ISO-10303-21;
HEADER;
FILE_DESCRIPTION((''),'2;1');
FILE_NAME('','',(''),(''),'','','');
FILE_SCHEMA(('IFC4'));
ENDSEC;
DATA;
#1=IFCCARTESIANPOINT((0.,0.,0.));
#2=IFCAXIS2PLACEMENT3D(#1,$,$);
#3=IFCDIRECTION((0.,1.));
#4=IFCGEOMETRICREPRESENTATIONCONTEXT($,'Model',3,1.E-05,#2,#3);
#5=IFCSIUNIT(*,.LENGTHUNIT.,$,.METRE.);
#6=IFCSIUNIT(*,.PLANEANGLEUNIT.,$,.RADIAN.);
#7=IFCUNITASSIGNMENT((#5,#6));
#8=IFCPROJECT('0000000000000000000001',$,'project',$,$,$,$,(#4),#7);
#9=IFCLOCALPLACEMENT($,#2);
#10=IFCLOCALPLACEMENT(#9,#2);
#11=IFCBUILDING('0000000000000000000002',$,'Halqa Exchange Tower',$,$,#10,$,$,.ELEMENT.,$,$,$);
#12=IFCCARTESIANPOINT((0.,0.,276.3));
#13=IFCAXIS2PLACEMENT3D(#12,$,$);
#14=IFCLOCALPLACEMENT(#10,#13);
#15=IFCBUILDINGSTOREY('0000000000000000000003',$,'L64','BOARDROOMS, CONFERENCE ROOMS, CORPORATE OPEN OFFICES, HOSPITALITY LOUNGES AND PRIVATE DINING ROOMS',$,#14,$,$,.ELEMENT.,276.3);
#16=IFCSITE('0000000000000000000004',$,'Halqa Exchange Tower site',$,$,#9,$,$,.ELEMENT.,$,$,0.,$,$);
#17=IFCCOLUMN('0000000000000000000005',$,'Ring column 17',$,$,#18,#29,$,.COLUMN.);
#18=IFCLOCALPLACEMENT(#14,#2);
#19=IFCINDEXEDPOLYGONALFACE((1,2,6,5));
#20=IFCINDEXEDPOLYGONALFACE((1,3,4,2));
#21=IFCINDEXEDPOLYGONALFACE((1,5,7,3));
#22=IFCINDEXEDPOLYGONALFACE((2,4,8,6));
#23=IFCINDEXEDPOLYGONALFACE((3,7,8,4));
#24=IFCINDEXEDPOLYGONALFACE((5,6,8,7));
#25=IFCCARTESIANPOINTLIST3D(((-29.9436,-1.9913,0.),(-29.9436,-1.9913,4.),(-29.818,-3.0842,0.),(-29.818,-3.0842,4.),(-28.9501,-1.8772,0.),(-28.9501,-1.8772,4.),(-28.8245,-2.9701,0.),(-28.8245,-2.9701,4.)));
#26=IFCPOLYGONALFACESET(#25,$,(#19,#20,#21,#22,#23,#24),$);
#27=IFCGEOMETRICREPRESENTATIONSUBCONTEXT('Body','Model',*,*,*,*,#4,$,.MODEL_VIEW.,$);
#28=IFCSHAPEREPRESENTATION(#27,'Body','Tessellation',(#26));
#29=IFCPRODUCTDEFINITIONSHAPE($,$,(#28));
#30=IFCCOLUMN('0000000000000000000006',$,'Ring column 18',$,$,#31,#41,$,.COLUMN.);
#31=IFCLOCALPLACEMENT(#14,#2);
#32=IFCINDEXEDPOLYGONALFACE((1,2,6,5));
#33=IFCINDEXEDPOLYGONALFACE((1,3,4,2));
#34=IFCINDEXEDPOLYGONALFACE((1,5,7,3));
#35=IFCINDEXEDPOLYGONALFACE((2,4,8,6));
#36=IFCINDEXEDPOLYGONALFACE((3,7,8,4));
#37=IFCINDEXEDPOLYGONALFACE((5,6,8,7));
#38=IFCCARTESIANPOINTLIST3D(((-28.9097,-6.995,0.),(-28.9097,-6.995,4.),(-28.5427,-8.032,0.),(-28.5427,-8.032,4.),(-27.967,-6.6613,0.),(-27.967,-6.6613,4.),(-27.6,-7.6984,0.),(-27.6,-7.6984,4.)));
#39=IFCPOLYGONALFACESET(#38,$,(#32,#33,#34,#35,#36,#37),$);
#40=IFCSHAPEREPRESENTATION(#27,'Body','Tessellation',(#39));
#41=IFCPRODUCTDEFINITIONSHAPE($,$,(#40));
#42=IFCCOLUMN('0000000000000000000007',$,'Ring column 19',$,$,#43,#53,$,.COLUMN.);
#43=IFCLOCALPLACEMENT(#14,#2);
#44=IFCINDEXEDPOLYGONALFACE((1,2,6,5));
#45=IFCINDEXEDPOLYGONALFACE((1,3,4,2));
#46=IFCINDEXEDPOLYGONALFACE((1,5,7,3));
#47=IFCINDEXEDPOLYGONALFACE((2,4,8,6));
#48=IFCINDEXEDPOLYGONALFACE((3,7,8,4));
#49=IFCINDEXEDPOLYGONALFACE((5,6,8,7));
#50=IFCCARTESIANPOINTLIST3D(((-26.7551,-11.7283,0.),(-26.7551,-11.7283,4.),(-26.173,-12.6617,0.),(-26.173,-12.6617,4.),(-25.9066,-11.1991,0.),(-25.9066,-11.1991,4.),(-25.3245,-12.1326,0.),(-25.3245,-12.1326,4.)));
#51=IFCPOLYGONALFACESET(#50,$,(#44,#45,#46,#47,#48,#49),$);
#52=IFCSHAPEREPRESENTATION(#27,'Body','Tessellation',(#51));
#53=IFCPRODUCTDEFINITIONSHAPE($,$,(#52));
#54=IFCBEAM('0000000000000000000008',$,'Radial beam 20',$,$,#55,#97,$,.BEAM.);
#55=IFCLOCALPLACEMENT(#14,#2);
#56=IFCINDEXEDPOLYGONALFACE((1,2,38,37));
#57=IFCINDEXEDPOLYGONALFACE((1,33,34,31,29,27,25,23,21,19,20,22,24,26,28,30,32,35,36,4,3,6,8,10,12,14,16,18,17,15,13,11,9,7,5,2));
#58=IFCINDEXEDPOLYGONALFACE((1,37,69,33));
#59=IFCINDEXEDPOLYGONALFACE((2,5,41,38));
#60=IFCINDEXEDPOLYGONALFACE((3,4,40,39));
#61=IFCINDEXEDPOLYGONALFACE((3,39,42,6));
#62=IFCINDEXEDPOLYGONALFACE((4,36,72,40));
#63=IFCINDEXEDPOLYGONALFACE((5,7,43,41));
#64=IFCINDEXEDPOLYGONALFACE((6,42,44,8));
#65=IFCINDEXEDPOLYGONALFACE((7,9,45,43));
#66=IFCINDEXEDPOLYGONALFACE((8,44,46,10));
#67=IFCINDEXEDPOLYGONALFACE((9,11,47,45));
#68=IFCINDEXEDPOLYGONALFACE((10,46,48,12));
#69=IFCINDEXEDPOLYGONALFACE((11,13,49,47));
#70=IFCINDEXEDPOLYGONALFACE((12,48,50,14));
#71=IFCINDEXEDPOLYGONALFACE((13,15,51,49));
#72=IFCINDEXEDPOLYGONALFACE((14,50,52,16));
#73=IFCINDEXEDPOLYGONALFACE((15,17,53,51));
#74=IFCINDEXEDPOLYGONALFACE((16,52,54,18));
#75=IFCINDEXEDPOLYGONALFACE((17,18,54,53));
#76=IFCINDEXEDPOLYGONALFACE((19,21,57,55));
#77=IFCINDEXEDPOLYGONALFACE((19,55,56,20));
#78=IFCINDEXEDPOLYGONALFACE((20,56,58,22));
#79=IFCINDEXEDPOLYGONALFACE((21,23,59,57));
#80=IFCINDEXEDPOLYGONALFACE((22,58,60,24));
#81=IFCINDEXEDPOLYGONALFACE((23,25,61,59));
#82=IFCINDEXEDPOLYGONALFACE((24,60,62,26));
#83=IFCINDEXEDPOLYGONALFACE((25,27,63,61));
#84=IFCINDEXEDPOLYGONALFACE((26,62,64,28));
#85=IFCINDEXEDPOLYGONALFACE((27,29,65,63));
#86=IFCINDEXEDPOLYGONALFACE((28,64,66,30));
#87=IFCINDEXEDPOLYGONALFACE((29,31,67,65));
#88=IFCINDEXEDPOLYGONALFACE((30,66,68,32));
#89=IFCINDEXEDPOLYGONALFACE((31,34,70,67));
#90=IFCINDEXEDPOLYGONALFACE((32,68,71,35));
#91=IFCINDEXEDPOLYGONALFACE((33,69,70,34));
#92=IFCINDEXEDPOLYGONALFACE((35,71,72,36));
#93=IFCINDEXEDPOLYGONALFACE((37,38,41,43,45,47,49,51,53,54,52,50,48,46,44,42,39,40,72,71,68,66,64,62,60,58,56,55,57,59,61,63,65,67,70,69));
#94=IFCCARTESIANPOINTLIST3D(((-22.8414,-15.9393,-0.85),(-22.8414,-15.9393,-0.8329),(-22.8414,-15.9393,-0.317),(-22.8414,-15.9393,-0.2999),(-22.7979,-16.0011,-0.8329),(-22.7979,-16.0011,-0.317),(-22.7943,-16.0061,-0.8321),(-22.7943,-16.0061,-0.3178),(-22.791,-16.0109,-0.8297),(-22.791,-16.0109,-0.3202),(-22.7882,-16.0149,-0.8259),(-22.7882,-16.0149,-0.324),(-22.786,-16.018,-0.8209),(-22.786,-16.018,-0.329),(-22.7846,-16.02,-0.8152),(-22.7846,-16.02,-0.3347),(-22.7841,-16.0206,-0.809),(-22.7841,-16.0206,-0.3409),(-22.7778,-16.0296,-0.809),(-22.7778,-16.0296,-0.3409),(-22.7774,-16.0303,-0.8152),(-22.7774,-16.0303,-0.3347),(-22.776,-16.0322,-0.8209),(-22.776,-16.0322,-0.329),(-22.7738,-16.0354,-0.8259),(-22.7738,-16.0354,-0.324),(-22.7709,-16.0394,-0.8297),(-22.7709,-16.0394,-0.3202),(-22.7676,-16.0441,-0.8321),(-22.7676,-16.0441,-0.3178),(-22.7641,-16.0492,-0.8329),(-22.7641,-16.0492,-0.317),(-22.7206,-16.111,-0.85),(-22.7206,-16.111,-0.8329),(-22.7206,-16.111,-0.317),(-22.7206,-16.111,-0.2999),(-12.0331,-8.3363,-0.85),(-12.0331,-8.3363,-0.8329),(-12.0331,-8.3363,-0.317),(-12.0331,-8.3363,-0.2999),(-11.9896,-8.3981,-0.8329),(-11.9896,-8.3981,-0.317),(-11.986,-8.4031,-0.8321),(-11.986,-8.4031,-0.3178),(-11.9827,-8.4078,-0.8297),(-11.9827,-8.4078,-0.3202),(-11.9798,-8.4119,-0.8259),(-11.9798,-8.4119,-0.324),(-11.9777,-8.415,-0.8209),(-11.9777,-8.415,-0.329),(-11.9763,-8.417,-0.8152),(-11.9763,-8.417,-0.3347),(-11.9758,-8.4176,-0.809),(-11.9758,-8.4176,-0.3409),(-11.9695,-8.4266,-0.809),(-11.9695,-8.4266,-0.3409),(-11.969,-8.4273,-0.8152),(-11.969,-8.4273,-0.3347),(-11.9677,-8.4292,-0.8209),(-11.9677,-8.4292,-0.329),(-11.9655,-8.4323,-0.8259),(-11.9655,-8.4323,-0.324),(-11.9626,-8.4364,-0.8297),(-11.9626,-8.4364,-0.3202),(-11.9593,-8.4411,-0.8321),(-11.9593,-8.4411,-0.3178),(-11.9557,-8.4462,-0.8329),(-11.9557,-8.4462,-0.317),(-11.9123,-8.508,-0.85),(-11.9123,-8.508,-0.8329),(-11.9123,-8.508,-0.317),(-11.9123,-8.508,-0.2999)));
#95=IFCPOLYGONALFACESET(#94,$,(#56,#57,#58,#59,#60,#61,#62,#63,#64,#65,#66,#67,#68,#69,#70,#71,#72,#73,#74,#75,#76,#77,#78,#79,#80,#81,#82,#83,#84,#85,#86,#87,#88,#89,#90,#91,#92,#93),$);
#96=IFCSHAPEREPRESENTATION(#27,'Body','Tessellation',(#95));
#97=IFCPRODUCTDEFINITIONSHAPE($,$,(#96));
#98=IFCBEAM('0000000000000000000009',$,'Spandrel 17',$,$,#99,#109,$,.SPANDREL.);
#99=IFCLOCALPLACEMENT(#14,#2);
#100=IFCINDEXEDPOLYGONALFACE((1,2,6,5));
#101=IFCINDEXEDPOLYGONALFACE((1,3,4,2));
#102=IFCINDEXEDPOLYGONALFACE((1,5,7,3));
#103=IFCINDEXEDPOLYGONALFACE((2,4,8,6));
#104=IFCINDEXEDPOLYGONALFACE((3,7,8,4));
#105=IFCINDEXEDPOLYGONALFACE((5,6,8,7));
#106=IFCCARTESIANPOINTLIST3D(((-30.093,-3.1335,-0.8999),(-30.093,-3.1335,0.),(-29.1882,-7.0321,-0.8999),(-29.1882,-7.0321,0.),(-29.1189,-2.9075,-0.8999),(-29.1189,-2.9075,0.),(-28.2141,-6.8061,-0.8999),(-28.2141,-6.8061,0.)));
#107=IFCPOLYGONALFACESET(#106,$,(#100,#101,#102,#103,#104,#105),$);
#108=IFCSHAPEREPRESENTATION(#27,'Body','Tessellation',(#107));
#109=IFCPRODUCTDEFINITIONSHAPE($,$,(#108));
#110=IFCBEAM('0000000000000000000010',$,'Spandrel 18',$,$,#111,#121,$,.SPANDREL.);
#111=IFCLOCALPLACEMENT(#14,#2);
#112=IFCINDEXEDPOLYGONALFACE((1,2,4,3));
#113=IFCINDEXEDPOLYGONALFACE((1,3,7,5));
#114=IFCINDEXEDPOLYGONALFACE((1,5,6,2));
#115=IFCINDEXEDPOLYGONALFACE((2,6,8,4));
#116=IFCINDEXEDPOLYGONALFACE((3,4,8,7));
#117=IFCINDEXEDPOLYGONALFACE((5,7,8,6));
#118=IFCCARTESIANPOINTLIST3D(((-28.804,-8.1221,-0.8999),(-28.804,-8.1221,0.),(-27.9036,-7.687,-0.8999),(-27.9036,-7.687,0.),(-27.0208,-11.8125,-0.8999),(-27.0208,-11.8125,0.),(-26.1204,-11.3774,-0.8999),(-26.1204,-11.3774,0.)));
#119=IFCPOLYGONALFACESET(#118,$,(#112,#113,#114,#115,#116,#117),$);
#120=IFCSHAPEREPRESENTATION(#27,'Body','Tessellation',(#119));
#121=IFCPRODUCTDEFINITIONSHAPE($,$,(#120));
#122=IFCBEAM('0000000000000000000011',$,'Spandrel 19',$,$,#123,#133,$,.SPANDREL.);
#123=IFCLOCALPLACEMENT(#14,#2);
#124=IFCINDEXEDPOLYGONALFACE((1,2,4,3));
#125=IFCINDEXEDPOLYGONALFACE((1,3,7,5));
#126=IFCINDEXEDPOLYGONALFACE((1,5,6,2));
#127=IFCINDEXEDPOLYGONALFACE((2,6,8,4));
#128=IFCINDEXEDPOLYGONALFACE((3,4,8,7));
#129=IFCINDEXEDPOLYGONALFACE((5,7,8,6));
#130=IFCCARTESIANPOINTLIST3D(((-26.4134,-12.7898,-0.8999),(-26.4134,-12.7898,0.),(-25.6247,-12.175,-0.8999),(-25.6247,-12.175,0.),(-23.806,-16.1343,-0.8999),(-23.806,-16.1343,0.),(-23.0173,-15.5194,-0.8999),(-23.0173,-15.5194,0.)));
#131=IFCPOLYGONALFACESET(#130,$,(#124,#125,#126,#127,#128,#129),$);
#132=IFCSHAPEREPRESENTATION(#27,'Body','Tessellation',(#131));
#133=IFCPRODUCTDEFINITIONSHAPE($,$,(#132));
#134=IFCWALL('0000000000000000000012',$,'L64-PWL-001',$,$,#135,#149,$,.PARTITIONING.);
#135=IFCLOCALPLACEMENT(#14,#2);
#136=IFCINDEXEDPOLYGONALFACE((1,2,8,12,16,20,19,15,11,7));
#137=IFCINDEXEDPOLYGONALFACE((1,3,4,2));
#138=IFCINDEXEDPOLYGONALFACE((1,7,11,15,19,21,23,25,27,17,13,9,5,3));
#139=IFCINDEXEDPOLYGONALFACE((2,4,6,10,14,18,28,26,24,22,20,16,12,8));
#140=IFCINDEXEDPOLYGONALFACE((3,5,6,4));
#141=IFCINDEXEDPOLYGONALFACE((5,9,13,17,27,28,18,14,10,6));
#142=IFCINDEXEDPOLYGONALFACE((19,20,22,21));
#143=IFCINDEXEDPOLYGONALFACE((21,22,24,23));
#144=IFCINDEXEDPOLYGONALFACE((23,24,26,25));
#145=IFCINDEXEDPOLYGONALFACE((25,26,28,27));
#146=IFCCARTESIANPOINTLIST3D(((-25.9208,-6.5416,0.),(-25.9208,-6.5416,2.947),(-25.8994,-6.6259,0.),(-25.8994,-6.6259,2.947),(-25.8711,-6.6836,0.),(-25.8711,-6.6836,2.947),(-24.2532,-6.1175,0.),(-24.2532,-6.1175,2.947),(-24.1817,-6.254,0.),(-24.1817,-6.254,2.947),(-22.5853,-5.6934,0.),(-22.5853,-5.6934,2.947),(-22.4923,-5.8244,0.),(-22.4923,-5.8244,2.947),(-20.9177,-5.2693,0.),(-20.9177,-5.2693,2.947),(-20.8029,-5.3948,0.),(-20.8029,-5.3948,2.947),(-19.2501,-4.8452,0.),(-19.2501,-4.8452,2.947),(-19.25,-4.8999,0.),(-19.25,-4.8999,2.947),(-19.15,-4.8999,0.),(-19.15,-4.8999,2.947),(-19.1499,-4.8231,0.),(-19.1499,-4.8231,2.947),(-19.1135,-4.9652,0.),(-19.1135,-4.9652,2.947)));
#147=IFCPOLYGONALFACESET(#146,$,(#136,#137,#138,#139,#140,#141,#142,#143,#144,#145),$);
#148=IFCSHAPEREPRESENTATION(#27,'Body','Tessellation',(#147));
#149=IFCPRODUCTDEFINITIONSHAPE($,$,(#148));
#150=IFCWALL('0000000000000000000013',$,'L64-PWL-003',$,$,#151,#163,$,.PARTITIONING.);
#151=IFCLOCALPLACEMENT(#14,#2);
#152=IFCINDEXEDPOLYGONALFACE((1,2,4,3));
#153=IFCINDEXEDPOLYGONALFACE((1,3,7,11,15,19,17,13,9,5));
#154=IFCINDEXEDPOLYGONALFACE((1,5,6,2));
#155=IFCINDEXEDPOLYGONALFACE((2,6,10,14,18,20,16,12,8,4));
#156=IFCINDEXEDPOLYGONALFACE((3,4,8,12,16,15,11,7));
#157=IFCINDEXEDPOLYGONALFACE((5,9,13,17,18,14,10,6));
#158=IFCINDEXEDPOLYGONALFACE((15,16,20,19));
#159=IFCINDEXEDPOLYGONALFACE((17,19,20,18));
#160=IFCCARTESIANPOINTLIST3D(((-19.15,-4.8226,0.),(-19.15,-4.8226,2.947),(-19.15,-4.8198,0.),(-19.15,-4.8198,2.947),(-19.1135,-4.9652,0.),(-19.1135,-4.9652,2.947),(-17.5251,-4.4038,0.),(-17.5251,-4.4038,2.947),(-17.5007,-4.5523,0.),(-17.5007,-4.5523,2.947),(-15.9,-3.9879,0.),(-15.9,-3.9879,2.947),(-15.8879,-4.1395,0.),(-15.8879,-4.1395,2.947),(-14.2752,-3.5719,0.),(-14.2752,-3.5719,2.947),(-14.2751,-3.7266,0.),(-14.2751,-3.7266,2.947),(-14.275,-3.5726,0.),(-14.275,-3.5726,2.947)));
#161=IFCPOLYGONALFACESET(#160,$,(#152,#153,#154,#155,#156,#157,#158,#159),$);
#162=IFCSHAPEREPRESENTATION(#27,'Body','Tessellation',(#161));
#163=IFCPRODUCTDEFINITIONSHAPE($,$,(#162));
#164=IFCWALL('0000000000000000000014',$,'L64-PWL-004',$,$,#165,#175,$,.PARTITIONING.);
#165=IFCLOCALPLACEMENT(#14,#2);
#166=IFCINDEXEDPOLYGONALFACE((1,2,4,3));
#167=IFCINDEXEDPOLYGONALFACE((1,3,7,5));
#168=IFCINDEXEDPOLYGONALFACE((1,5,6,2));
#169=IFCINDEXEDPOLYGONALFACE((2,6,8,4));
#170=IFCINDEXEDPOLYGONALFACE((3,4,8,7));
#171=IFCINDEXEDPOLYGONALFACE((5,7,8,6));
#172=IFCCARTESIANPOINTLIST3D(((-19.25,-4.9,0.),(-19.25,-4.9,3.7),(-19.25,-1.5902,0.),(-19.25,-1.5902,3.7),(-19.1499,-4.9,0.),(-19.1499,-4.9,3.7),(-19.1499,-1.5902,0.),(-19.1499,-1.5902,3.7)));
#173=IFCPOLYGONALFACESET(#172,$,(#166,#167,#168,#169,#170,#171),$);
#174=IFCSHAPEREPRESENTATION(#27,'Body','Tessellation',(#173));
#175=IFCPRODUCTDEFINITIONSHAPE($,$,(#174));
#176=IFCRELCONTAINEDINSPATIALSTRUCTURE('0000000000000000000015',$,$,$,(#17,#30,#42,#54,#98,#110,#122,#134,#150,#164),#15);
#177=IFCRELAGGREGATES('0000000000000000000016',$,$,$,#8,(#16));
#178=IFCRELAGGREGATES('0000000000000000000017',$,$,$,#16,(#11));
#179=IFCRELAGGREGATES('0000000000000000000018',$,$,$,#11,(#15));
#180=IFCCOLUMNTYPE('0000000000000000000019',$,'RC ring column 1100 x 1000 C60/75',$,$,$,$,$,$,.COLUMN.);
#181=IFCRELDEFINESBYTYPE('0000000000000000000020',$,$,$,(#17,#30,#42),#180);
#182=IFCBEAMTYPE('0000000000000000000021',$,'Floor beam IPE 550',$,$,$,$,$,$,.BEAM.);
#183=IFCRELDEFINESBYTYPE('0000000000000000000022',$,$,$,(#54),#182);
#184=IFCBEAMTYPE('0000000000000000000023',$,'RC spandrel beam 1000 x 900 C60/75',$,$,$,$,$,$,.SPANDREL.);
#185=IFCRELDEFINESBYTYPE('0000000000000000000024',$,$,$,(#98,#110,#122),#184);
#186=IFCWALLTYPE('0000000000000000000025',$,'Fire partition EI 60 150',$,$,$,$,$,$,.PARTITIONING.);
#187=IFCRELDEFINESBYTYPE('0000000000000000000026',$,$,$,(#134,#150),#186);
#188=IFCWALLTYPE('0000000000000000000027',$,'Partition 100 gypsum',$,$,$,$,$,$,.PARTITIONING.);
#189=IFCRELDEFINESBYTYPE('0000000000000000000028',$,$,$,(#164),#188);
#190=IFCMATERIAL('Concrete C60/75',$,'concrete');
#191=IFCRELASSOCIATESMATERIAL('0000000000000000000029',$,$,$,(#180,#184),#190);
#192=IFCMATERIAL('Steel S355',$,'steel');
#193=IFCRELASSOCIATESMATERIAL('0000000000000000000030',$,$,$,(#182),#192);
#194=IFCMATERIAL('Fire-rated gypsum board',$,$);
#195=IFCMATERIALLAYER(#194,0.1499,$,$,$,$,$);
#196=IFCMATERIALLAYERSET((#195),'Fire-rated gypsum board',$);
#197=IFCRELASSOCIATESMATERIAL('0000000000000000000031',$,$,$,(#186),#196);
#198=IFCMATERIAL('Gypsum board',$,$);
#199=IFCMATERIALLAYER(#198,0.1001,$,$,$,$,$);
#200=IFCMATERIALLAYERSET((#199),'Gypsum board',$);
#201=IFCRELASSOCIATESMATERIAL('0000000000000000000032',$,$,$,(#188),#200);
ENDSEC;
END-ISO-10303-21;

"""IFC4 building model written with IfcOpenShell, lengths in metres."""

from ifc_helpers import new_model, si_unit, direction, frame, frame_2d, origin, origin_2d, place, context, subcontext, project, spatial, polyline, rectangle, i_section, outline, extrude, material, layer, layer_set, material_profile, profile_set, type_object, element, save


model = new_model("IFC4")

# Units and contexts
model_context = context("Model", 3, precision=1e-05, world=origin(), true_north=direction((0.0, 1.0)))
body_context = subcontext(model_context, "Body", "Model", "MODEL_VIEW")
ifc_project = project(units=[si_unit("LENGTHUNIT", "METRE"), si_unit("PLANEANGLEUNIT", "RADIAN")], contexts=[model_context])

# Site, building, storey
site_placement = place(None, origin())
site = spatial("IfcSite", under=ifc_project, at=site_placement, Name="Halqa Exchange Tower site", CompositionType="ELEMENT", RefElevation=0.0)
building_placement = place(site_placement, origin())
building = spatial("IfcBuilding", under=site, at=building_placement, Name="Halqa Exchange Tower", CompositionType="ELEMENT")
storey_placement = place(building_placement, frame((0.0, 0.0, 276.3)))
storey = spatial("IfcBuildingStorey", under=building, at=storey_placement, Name="L64", Description="BOARDROOMS, CONFERENCE ROOMS, CORPORATE OPEN OFFICES, HOSPITALITY LOUNGES AND PRIVATE DINING ROOMS", CompositionType="ELEMENT", Elevation=276.3)

# Columns
ifc_material_1 = material(Name="Concrete C60/75", Category="concrete")
ifc_material_profile_1 = material_profile(ifc_material_1, rectangle(XDim=1.1001, YDim=1.0, at=origin_2d()), Name="1100 x 1000")
ifc_profile_set_1 = profile_set([ifc_material_profile_1], Name="Concrete C60/75")
column_type = type_object("IfcColumnType", Name="RC ring column 1100 x 1000 C60/75", PredefinedType="COLUMN", material=ifc_profile_set_1)
for number, where, z_axis, x_axis, name in (
    (1, (-29.384, -2.4807, 0.0), (0.0, 0.0, 1.0), (0.114155, -0.993463, 0.0), "Ring column 17"),
    (2, (-28.2549, -7.3467, 0.0), (0.0, 0.0, 1.0), (0.333619, -0.942708, 0.0), "Ring column 18"),
    (3, (-26.0398, -11.9304, 0.0), (0.0, 0.0, 1.0), (0.529143, -0.848532, 0.0), "Ring column 19"),
):
    element("IfcColumn", number, at=place(storey_placement, frame(where, z_axis=z_axis, x_axis=x_axis)), inside=storey, type_object=column_type, Name=name, PredefinedType="COLUMN", context=body_context, shape_type="SweptSolid", body=[
        extrude(rectangle(XDim=1.1001, YDim=1.0, at=origin_2d()), origin(), (0.0, 0.0, 1.0), 4.0),
    ])

# Beams
ifc_material_2 = material(Name="Steel S355", Category="steel")
ifc_material_profile_2 = material_profile(ifc_material_2, i_section(OverallWidth=0.21, OverallDepth=0.55, WebThickness=0.011, FlangeThickness=0.0171, FilletRadius=0.0239, at=origin_2d()), Name="IPE 550")
ifc_profile_set_2 = profile_set([ifc_material_profile_2], Name="Steel S355")
beam_type_1 = type_object("IfcBeamType", Name="Floor beam IPE 550", PredefinedType="BEAM", material=ifc_profile_set_2)
beam_1_placement = place(storey_placement, frame((-11.9727, -8.4221, -0.575), z_axis=(-0.817908, -0.575349, 0.0), x_axis=(0.575349, -0.817908, 0.0)))
element("IfcBeam", 4, at=beam_1_placement, inside=storey, type_object=beam_type_1, Name="Radial beam 20", PredefinedType="BEAM", context=body_context, shape_type="SweptSolid", body=[
    extrude(i_section(OverallWidth=0.21, OverallDepth=0.55, WebThickness=0.011, FlangeThickness=0.0171, FilletRadius=0.0239, at=origin_2d()), origin(), (0.0, 0.0, 1.0), 13.2146),
])
ifc_material_profile_3 = material_profile(ifc_material_1, rectangle(XDim=1.0, YDim=0.8999, at=origin_2d()), Name="1000 x 900")
ifc_profile_set_3 = profile_set([ifc_material_profile_3], Name="Concrete C60/75")
beam_type_2 = type_object("IfcBeamType", Name="RC spandrel beam 1000 x 900 C60/75", PredefinedType="SPANDREL", material=ifc_profile_set_3)
beam_2_placement = place(storey_placement, frame((-29.606, -3.0205, -0.45), z_axis=(0.226067, -0.974112, 0.0), x_axis=(0.974112, 0.226067, 0.0)))
element("IfcBeam", 5, at=beam_2_placement, inside=storey, type_object=beam_type_2, Name="Spandrel 17", PredefinedType="SPANDREL", context=body_context, shape_type="SweptSolid", body=[
    extrude(rectangle(XDim=1.0, YDim=0.8999, at=origin_2d()), origin(), (0.0, 0.0, 1.0), 4.0022),
])
beam_3_placement = place(storey_placement, frame((-28.3538, -7.9045, -0.45), z_axis=(0.435069, -0.900397, 0.0), x_axis=(0.900397, 0.435069, 0.0)))
element("IfcBeam", 6, at=beam_3_placement, inside=storey, type_object=beam_type_2, Name="Spandrel 18", PredefinedType="SPANDREL", context=body_context, shape_type="SweptSolid", body=[
    extrude(rectangle(XDim=1.0, YDim=0.8999, at=origin_2d()), origin(), (0.0, 0.0, 1.0), 4.0986),
])
beam_4_placement = place(storey_placement, frame((-26.019, -12.4824, -0.45), z_axis=(0.614845, -0.788648, 0.0), x_axis=(0.788648, 0.614845, 0.0)))
element("IfcBeam", 7, at=beam_4_placement, inside=storey, type_object=beam_type_2, Name="Spandrel 19", PredefinedType="SPANDREL", context=body_context, shape_type="SweptSolid", body=[
    extrude(rectangle(XDim=1.0, YDim=0.8999, at=origin_2d()), origin(), (0.0, 0.0, 1.0), 4.2407),
])

# Walls
ifc_material_3 = material(Name="Fire-rated gypsum board")
ifc_layer_1 = layer(ifc_material_3, 0.1499)
ifc_layer_set_1 = layer_set([ifc_layer_1], Name="Fire-rated gypsum board")
wall_type_1 = type_object("IfcWallType", Name="Fire partition EI 60 150", PredefinedType="PARTITIONING", material=ifc_layer_set_1)
wall_1_placement = place(storey_placement, frame((-25.9023, -6.6143, 0.0), z_axis=(0.0, 0.0, 1.0), x_axis=(0.969154, 0.246456, 0.0)))
element("IfcWall", 8, at=wall_1_placement, inside=storey, type_object=wall_type_1, Name="L64-PWL-001", PredefinedType="PARTITIONING", context=body_context, shape_type="SweptSolid", body=[
    extrude(outline(polyline([(0.0132, -0.075), (1.7563, -0.075), (3.4995, -0.075), (5.2427, -0.075), (6.9858, -0.075), (6.9856, 0.0718), (6.9666, -0.0027), (6.8696, 0.022), (6.8831, 0.075), (5.1624, 0.075), (3.4417, 0.075), (1.7207, 0.075), (0.0, 0.075), (0.0, -0.012), (0.0132, -0.075)])), origin(), (0.0, 0.0, 1.0), 2.947),
])
wall_2_placement = place(storey_placement, frame((-19.1321, -4.8926, 0.0), z_axis=(0.0, 0.0, 1.0), x_axis=(0.968763, 0.247988, 0.0)))
element("IfcWall", 9, at=wall_2_placement, inside=storey, type_object=wall_type_1, Name="L64-PWL-003", PredefinedType="PARTITIONING", context=body_context, shape_type="SweptSolid", body=[
    extrude(outline(polyline([(0.0, -0.075), (1.6648, -0.075), (3.3296, -0.075), (4.9944, -0.075), (5.0327, 0.0742), (5.0327, 0.075), (3.3555, 0.075), (1.678, 0.075), (0.0007, 0.075), (0.0, 0.0723), (0.0, -0.075)])), origin(), (0.0, 0.0, 1.0), 2.947),
])
ifc_material_4 = material(Name="Gypsum board")
ifc_layer_2 = layer(ifc_material_4, 0.1001)
ifc_layer_set_2 = layer_set([ifc_layer_2], Name="Gypsum board")
wall_type_2 = type_object("IfcWallType", Name="Partition 100 gypsum", PredefinedType="PARTITIONING", material=ifc_layer_set_2)
wall_3_placement = place(storey_placement, frame((-19.2, -4.8999, 0.0), z_axis=(0.0, 0.0, 1.0), x_axis=(0.0, 1.0, 0.0)))
element("IfcWall", 10, at=wall_3_placement, inside=storey, type_object=wall_type_2, Name="L64-PWL-004", PredefinedType="PARTITIONING", context=body_context, shape_type="SweptSolid", body=[
    extrude(rectangle(XDim=3.3098, YDim=0.1001, at=frame_2d((1.6548, 0.0))), origin(), (0.0, 0.0, 1.0), 3.7),
])

save(model, "model.ifc")
